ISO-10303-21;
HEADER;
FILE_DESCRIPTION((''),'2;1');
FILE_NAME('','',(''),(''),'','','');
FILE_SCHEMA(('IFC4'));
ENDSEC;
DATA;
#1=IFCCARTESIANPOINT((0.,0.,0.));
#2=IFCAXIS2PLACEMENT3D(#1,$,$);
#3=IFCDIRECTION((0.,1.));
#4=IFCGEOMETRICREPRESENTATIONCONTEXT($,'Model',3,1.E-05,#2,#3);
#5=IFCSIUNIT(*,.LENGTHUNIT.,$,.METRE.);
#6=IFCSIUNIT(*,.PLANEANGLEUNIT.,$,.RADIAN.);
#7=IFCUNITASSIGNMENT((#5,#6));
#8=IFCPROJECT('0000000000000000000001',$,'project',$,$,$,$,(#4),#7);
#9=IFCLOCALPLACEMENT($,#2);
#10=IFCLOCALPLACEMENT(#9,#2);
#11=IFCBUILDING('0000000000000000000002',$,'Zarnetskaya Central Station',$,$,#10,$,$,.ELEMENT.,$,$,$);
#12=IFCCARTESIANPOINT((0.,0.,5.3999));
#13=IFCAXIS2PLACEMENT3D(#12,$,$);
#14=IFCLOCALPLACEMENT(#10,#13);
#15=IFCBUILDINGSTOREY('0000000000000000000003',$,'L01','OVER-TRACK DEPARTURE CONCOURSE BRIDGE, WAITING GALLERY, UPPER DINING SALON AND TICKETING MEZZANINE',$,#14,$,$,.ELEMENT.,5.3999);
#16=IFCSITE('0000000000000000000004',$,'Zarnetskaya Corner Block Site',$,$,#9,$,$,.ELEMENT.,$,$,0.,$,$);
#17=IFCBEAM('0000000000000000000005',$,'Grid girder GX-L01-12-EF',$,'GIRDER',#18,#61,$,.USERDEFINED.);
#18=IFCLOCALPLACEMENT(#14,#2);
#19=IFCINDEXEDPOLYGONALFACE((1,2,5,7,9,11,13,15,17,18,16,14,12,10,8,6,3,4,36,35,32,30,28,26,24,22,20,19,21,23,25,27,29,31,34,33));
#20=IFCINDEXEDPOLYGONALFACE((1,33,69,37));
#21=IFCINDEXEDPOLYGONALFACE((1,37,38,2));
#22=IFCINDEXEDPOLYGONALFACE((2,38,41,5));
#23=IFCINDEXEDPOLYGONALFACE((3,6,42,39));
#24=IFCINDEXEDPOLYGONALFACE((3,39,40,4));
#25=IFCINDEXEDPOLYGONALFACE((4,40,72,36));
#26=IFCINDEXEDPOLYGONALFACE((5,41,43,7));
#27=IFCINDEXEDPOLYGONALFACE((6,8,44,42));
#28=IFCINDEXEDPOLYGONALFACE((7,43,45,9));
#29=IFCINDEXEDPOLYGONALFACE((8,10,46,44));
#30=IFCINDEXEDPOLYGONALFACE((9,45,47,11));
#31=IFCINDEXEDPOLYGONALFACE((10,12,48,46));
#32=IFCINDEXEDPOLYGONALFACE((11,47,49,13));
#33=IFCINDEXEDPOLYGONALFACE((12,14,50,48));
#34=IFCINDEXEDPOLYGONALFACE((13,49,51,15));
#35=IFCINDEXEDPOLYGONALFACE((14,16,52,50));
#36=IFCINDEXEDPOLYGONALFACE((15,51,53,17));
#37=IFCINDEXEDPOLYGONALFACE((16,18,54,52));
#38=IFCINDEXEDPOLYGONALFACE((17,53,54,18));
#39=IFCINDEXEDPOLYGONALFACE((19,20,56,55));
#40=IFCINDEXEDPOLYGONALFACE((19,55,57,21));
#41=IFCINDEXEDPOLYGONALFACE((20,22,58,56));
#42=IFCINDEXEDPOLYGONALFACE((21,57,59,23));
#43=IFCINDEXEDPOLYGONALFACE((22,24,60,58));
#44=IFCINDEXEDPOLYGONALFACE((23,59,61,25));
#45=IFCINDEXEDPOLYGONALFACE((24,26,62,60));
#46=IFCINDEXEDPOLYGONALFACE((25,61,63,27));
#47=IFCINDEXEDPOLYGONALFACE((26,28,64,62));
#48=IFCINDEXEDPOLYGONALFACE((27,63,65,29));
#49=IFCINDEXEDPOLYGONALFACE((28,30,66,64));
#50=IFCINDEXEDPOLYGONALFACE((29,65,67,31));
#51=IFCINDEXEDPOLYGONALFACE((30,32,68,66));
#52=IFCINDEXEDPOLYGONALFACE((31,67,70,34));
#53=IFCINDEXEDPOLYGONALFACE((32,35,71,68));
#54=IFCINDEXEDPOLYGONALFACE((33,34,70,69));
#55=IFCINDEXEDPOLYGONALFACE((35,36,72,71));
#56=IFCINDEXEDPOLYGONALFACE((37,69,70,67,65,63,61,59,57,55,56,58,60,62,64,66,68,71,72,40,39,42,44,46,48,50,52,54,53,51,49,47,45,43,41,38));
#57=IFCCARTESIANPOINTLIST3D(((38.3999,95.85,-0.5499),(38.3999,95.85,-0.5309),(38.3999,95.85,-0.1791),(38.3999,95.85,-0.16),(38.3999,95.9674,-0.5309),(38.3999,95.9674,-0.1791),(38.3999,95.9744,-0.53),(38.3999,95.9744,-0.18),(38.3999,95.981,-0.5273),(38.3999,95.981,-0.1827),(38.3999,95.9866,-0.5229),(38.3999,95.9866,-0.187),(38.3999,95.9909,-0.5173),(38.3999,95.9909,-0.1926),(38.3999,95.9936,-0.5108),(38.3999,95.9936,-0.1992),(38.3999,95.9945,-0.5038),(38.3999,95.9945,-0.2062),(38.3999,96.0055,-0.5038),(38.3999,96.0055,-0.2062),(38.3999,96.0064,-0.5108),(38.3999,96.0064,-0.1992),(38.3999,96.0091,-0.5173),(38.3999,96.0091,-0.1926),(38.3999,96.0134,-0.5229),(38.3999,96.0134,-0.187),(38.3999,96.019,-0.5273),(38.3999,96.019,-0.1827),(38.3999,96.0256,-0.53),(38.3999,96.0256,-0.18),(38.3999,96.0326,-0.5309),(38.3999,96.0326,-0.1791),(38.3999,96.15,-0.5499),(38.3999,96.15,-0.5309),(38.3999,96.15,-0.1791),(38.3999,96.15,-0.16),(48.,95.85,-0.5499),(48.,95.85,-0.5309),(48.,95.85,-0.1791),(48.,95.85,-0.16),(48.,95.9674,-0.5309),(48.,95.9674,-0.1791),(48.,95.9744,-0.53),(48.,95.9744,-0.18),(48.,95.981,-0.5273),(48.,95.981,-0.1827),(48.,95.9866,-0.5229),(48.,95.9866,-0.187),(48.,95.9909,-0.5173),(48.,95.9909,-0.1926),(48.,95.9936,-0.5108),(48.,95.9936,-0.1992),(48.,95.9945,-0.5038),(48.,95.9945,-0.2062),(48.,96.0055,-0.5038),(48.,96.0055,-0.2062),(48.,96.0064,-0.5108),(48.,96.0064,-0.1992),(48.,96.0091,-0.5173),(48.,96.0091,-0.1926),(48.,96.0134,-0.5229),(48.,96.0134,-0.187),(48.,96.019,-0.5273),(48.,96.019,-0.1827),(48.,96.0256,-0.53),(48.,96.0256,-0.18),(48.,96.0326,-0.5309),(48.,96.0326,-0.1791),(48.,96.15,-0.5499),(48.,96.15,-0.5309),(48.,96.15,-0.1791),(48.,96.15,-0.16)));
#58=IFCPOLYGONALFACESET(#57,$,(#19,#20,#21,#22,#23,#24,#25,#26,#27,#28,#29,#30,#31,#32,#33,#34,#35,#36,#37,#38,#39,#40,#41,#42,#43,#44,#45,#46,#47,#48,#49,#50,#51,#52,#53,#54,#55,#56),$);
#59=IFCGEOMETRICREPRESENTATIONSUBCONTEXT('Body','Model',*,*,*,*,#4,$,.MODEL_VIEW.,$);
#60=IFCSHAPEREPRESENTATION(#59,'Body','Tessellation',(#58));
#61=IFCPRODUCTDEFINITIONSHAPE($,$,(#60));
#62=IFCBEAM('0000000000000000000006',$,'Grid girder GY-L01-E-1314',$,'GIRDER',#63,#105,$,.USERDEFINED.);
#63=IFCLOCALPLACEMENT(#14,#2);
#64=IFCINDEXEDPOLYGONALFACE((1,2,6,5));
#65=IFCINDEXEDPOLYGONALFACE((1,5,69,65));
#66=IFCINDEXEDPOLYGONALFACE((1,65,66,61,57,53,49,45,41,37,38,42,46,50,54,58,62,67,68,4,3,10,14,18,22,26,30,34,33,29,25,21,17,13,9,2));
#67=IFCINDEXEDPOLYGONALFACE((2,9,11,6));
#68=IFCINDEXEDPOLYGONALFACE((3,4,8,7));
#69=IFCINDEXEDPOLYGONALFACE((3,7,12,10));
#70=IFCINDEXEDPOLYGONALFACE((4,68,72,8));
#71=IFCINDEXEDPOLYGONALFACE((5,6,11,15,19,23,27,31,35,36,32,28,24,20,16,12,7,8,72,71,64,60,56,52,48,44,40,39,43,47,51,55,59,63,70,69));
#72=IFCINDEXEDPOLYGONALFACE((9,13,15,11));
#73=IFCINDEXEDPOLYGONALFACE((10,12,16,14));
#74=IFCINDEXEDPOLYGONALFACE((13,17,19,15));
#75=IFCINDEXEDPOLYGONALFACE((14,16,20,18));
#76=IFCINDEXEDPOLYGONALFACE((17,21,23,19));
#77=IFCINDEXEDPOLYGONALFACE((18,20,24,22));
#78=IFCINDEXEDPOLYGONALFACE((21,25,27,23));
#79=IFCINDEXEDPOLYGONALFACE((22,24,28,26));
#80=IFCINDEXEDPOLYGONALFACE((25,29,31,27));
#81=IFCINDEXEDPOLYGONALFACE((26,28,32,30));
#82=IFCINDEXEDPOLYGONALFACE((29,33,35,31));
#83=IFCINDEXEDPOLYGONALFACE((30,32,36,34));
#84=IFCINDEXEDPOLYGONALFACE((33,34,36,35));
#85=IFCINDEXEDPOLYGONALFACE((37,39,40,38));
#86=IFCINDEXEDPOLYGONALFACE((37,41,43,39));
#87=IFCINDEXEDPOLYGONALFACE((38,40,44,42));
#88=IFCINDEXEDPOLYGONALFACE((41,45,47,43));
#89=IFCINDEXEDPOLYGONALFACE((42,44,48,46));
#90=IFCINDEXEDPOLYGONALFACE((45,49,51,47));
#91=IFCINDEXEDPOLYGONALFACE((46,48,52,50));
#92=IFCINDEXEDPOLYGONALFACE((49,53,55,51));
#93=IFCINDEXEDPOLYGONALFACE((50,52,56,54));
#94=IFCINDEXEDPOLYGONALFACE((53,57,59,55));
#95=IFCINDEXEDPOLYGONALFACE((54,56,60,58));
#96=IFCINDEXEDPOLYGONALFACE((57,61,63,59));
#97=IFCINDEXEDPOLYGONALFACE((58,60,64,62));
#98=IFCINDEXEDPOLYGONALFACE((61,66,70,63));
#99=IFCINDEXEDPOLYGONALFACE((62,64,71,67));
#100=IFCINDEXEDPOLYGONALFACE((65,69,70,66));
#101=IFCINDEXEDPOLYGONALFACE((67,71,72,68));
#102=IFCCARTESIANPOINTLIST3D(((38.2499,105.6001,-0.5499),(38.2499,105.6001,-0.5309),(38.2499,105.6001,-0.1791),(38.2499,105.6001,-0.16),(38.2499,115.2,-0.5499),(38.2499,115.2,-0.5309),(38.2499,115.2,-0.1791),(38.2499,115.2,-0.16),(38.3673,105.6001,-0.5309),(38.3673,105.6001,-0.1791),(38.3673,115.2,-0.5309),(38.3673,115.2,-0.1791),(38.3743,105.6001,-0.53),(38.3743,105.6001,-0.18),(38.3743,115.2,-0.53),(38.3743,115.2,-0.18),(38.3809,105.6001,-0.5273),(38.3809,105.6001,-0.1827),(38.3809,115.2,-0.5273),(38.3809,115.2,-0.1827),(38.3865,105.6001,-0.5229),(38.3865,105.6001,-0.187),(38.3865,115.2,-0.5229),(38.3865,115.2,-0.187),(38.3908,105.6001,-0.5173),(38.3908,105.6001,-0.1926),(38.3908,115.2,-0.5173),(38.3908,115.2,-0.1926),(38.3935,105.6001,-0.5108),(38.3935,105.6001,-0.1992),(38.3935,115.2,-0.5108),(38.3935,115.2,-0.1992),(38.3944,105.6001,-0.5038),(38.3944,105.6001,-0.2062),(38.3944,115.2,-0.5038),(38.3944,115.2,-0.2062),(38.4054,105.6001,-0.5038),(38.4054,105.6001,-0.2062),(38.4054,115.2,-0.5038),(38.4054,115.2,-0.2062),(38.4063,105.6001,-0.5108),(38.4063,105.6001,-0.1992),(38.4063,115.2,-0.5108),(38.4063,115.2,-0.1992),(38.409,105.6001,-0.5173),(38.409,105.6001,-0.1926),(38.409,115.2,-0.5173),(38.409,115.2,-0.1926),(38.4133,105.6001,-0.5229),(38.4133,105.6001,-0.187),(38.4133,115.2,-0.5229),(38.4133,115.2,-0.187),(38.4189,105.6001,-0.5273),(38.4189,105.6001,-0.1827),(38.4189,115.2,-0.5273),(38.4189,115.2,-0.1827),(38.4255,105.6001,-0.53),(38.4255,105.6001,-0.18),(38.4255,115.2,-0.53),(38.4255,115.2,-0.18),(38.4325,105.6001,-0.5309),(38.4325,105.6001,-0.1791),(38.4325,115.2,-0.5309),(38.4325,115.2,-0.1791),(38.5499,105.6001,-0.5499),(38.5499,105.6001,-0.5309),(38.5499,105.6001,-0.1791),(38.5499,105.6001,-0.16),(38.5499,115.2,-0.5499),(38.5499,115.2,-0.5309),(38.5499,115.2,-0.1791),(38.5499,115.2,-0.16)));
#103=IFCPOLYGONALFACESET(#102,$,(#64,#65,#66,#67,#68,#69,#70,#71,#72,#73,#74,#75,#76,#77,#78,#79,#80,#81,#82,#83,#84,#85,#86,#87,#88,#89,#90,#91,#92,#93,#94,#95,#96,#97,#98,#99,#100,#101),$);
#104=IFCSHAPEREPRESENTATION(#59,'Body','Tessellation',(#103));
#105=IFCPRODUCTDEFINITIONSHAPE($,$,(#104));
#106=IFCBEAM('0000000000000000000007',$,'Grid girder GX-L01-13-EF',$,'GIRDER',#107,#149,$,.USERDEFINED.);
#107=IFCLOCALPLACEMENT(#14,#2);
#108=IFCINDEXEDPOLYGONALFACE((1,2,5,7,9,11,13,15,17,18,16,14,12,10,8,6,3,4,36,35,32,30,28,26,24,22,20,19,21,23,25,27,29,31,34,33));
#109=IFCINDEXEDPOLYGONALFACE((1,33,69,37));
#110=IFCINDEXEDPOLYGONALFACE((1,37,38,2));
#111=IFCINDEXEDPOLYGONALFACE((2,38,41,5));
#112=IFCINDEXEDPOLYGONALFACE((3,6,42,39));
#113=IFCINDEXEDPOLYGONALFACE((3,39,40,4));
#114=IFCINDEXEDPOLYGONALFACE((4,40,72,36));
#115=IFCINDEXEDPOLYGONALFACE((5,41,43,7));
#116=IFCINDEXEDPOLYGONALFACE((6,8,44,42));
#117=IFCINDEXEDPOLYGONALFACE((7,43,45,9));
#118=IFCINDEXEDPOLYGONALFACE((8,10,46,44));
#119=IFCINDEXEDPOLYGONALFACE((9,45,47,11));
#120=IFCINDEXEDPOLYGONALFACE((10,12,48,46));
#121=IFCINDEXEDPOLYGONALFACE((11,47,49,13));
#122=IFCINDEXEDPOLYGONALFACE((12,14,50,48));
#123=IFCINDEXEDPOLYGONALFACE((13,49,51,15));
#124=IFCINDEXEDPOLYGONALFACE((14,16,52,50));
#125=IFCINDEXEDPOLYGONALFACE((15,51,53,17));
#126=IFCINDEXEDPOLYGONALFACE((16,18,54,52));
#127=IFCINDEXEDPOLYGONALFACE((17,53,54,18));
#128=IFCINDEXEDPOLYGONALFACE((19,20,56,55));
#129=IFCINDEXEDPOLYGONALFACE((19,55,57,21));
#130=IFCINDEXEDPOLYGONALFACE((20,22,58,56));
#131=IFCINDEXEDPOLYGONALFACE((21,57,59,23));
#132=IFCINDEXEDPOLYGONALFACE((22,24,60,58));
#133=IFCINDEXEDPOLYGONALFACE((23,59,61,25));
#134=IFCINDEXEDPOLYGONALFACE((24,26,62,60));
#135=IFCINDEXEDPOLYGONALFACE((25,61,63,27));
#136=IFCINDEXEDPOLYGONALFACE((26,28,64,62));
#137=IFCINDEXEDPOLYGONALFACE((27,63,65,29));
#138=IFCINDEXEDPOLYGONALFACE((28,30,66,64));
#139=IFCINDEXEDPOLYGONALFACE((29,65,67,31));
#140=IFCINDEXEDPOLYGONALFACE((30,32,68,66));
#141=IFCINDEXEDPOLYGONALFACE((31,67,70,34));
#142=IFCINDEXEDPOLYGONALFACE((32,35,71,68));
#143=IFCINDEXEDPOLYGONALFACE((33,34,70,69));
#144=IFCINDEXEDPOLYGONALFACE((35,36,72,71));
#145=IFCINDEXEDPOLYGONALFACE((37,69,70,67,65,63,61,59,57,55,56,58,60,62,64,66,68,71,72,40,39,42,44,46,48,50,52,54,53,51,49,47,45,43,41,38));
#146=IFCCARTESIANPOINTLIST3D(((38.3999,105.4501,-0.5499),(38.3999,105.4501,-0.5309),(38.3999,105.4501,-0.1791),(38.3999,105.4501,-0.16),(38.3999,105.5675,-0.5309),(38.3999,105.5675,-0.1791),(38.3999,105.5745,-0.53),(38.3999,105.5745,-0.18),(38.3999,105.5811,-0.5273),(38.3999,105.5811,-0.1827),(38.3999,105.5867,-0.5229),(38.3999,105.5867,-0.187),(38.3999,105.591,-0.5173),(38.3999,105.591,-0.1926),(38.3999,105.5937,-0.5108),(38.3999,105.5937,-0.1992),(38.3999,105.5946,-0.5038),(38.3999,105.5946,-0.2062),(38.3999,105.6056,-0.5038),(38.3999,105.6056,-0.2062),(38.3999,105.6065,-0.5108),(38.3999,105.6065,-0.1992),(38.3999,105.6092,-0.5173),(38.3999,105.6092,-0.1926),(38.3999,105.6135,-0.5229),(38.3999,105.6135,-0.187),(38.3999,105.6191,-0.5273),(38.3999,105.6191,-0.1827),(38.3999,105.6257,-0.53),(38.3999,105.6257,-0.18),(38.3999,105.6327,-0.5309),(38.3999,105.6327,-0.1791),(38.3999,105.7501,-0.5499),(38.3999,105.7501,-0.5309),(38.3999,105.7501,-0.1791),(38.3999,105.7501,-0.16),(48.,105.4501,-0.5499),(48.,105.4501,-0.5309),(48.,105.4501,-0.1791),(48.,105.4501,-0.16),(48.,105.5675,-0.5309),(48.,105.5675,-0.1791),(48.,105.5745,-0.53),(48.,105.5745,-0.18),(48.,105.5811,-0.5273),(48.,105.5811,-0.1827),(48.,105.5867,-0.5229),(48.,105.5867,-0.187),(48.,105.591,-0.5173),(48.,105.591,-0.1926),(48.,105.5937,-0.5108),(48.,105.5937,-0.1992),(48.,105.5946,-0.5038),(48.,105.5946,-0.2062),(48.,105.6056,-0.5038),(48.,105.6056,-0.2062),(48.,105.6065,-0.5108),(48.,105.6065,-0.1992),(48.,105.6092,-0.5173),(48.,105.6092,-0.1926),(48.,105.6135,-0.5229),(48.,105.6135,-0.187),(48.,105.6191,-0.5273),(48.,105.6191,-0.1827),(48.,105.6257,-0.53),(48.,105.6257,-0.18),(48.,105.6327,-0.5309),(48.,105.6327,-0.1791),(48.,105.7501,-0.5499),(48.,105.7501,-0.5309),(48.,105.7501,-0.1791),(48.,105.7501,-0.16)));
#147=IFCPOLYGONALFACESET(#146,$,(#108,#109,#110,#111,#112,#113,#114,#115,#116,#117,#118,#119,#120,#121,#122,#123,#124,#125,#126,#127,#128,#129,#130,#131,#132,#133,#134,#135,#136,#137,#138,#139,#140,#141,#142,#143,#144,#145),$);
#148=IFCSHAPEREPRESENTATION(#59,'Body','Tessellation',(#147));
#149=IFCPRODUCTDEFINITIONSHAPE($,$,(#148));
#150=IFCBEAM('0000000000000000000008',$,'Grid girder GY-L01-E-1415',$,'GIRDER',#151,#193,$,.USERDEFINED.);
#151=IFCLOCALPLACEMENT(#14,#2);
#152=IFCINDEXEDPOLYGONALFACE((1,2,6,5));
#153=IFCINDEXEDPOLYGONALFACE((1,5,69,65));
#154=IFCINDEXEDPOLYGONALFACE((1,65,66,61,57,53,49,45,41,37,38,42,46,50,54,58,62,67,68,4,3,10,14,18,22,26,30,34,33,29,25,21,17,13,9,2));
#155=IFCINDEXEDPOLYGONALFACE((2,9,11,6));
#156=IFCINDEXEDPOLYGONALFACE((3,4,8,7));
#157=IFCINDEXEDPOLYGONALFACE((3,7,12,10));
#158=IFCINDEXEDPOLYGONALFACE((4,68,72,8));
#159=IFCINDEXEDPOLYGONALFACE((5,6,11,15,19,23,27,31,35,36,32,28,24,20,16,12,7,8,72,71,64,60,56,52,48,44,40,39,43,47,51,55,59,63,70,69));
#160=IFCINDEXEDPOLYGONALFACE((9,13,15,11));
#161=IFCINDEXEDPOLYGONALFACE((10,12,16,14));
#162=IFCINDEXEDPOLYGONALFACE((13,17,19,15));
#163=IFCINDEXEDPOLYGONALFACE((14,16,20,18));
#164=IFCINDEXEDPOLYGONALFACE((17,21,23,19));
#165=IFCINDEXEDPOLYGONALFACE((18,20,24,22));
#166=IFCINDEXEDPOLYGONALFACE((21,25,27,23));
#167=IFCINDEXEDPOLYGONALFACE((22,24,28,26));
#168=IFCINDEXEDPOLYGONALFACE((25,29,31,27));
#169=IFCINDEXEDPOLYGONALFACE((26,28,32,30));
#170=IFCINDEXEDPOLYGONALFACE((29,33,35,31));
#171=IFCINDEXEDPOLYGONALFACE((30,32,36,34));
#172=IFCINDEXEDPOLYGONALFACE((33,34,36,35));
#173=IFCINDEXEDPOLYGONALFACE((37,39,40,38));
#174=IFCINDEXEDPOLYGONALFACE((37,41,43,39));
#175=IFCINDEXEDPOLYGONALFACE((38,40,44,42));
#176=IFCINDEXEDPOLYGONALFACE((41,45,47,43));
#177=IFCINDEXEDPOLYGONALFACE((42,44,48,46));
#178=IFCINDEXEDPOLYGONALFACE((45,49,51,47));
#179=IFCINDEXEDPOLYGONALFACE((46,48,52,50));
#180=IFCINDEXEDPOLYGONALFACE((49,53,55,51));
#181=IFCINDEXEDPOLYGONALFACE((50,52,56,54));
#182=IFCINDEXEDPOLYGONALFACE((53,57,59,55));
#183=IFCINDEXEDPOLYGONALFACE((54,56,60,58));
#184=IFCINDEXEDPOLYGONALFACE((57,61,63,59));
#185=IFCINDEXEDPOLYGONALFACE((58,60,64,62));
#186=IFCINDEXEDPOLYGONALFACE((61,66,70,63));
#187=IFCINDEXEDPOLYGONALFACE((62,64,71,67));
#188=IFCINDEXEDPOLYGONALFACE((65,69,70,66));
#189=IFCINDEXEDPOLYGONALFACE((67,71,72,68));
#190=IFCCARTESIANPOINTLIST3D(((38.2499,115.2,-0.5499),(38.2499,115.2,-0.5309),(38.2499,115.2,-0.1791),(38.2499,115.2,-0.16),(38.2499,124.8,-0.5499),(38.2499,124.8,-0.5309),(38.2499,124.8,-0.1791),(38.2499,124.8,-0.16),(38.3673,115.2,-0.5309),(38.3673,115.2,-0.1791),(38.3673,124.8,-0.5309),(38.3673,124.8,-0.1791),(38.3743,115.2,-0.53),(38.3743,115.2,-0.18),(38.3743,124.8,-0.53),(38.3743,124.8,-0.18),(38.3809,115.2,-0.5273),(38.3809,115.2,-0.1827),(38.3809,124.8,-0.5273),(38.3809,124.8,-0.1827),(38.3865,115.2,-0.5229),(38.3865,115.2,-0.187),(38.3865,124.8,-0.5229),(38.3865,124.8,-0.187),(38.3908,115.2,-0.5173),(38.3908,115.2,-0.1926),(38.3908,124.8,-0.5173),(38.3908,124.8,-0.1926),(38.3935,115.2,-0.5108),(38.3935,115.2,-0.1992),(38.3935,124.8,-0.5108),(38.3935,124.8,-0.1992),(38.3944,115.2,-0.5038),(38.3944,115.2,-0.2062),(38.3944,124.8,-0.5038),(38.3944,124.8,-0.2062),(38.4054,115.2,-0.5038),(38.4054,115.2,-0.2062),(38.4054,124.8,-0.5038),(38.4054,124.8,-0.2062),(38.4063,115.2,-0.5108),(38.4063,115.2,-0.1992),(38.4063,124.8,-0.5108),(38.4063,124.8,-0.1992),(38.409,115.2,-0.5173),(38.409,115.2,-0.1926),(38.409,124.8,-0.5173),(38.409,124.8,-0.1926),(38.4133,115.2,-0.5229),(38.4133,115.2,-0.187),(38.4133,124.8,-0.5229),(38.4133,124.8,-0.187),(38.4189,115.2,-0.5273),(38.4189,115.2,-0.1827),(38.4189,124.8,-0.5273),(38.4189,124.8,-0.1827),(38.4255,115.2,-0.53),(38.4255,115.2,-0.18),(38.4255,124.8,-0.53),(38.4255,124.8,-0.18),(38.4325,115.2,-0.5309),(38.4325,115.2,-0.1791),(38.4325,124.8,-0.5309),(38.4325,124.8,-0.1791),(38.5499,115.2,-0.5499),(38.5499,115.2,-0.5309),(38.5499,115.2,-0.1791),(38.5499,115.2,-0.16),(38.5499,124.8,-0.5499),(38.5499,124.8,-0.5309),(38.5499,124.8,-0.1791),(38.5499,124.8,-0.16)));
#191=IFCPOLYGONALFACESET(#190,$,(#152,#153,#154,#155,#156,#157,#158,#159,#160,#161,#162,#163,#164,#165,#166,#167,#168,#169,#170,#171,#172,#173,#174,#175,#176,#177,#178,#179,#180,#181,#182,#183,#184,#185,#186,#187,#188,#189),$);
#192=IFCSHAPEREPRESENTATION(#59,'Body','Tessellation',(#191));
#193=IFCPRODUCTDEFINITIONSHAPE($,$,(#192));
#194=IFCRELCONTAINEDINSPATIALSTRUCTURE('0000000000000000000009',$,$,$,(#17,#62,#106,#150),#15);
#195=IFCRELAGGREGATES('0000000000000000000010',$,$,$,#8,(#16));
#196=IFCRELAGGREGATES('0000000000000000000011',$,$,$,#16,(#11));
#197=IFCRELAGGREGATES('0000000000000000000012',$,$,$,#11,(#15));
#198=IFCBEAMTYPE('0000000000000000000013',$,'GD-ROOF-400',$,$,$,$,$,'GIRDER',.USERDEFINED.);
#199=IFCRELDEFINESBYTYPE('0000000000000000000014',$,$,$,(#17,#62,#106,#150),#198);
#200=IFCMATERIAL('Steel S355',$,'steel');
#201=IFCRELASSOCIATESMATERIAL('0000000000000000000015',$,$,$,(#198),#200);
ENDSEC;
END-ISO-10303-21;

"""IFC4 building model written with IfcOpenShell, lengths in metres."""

from ifc_helpers import new_model, si_unit, direction, frame, origin, origin_2d, place, context, subcontext, project, spatial, i_section, extrude, material, material_profile, profile_set, type_object, element, save


model = new_model("IFC4")

# Units and contexts
model_context = context("Model", 3, precision=1e-05, world=origin(), true_north=direction((0.0, 1.0)))
body_context = subcontext(model_context, "Body", "Model", "MODEL_VIEW")
ifc_project = project(units=[si_unit("LENGTHUNIT", "METRE"), si_unit("PLANEANGLEUNIT", "RADIAN")], contexts=[model_context])

# Site, building, storey
site_placement = place(None, origin())
site = spatial("IfcSite", under=ifc_project, at=site_placement, Name="Zarnetskaya Corner Block Site", CompositionType="ELEMENT", RefElevation=0.0)
building_placement = place(site_placement, origin())
building = spatial("IfcBuilding", under=site, at=building_placement, Name="Zarnetskaya Central Station", CompositionType="ELEMENT")
storey_placement = place(building_placement, frame((0.0, 0.0, 5.3999)))
storey = spatial("IfcBuildingStorey", under=building, at=storey_placement, Name="L01", Description="OVER-TRACK DEPARTURE CONCOURSE BRIDGE, WAITING GALLERY, UPPER DINING SALON AND TICKETING MEZZANINE", CompositionType="ELEMENT", Elevation=5.3999)

# Shared definitions
ifc_material_1 = material(Name="Steel S355", Category="steel")

# Beams
ifc_material_profile_1 = material_profile(ifc_material_1, i_section(OverallWidth=0.3, OverallDepth=0.3899, WebThickness=0.011, FlangeThickness=0.019, FilletRadius=0.0271, at=origin_2d()), Name="HEA 400")
ifc_profile_set_1 = profile_set([ifc_material_profile_1], Name="Steel S355")
beam_type_1 = type_object("IfcBeamType", Name="GD-ROOF-400", ElementType="GIRDER", PredefinedType="USERDEFINED", material=ifc_profile_set_1)
for number, where, z_axis, x_axis, name in (
    (1, (38.3999, 96.0, -0.355), (1.0, 0.0, 0.0), (0.0, 1.0, 0.0), "Grid girder GX-L01-12-EF"),
):
    element("IfcBeam", number, at=place(storey_placement, frame(where, z_axis=z_axis, x_axis=x_axis)), inside=storey, type_object=beam_type_1, Name=name, ObjectType="GIRDER", PredefinedType="USERDEFINED", context=body_context, shape_type="SweptSolid", body=[
        extrude(i_section(OverallWidth=0.3, OverallDepth=0.3899, WebThickness=0.011, FlangeThickness=0.019, FilletRadius=0.0271, at=origin_2d()), origin(), (0.0, 0.0, 1.0), 9.6001),
    ])
beam_1_placement = place(storey_placement, frame((38.3999, 105.6001, -0.355), z_axis=(0.0, 1.0, 0.0), x_axis=(-1.0, 0.0, 0.0)))
element("IfcBeam", 2, at=beam_1_placement, inside=storey, type_object=beam_type_1, Name="Grid girder GY-L01-E-1314", ObjectType="GIRDER", PredefinedType="USERDEFINED", context=body_context, shape_type="SweptSolid", body=[
    extrude(i_section(OverallWidth=0.3, OverallDepth=0.3899, WebThickness=0.011, FlangeThickness=0.019, FilletRadius=0.0271, at=origin_2d()), origin(), (0.0, 0.0, 1.0), 9.5999),
])
for number, where, z_axis, x_axis, name in (
    (3, (38.3999, 105.6001, -0.355), (1.0, 0.0, 0.0), (0.0, 1.0, 0.0), "Grid girder GX-L01-13-EF"),
    (4, (38.3999, 115.2, -0.355), (0.0, 1.0, 0.0), (-1.0, 0.0, 0.0), "Grid girder GY-L01-E-1415"),
):
    element("IfcBeam", number, at=place(storey_placement, frame(where, z_axis=z_axis, x_axis=x_axis)), inside=storey, type_object=beam_type_1, Name=name, ObjectType="GIRDER", PredefinedType="USERDEFINED", context=body_context, shape_type="SweptSolid", body=[
        extrude(i_section(OverallWidth=0.3, OverallDepth=0.3899, WebThickness=0.011, FlangeThickness=0.019, FilletRadius=0.0271, at=origin_2d()), origin(), (0.0, 0.0, 1.0), 9.6001),
    ])

save(model, "model.ifc")
